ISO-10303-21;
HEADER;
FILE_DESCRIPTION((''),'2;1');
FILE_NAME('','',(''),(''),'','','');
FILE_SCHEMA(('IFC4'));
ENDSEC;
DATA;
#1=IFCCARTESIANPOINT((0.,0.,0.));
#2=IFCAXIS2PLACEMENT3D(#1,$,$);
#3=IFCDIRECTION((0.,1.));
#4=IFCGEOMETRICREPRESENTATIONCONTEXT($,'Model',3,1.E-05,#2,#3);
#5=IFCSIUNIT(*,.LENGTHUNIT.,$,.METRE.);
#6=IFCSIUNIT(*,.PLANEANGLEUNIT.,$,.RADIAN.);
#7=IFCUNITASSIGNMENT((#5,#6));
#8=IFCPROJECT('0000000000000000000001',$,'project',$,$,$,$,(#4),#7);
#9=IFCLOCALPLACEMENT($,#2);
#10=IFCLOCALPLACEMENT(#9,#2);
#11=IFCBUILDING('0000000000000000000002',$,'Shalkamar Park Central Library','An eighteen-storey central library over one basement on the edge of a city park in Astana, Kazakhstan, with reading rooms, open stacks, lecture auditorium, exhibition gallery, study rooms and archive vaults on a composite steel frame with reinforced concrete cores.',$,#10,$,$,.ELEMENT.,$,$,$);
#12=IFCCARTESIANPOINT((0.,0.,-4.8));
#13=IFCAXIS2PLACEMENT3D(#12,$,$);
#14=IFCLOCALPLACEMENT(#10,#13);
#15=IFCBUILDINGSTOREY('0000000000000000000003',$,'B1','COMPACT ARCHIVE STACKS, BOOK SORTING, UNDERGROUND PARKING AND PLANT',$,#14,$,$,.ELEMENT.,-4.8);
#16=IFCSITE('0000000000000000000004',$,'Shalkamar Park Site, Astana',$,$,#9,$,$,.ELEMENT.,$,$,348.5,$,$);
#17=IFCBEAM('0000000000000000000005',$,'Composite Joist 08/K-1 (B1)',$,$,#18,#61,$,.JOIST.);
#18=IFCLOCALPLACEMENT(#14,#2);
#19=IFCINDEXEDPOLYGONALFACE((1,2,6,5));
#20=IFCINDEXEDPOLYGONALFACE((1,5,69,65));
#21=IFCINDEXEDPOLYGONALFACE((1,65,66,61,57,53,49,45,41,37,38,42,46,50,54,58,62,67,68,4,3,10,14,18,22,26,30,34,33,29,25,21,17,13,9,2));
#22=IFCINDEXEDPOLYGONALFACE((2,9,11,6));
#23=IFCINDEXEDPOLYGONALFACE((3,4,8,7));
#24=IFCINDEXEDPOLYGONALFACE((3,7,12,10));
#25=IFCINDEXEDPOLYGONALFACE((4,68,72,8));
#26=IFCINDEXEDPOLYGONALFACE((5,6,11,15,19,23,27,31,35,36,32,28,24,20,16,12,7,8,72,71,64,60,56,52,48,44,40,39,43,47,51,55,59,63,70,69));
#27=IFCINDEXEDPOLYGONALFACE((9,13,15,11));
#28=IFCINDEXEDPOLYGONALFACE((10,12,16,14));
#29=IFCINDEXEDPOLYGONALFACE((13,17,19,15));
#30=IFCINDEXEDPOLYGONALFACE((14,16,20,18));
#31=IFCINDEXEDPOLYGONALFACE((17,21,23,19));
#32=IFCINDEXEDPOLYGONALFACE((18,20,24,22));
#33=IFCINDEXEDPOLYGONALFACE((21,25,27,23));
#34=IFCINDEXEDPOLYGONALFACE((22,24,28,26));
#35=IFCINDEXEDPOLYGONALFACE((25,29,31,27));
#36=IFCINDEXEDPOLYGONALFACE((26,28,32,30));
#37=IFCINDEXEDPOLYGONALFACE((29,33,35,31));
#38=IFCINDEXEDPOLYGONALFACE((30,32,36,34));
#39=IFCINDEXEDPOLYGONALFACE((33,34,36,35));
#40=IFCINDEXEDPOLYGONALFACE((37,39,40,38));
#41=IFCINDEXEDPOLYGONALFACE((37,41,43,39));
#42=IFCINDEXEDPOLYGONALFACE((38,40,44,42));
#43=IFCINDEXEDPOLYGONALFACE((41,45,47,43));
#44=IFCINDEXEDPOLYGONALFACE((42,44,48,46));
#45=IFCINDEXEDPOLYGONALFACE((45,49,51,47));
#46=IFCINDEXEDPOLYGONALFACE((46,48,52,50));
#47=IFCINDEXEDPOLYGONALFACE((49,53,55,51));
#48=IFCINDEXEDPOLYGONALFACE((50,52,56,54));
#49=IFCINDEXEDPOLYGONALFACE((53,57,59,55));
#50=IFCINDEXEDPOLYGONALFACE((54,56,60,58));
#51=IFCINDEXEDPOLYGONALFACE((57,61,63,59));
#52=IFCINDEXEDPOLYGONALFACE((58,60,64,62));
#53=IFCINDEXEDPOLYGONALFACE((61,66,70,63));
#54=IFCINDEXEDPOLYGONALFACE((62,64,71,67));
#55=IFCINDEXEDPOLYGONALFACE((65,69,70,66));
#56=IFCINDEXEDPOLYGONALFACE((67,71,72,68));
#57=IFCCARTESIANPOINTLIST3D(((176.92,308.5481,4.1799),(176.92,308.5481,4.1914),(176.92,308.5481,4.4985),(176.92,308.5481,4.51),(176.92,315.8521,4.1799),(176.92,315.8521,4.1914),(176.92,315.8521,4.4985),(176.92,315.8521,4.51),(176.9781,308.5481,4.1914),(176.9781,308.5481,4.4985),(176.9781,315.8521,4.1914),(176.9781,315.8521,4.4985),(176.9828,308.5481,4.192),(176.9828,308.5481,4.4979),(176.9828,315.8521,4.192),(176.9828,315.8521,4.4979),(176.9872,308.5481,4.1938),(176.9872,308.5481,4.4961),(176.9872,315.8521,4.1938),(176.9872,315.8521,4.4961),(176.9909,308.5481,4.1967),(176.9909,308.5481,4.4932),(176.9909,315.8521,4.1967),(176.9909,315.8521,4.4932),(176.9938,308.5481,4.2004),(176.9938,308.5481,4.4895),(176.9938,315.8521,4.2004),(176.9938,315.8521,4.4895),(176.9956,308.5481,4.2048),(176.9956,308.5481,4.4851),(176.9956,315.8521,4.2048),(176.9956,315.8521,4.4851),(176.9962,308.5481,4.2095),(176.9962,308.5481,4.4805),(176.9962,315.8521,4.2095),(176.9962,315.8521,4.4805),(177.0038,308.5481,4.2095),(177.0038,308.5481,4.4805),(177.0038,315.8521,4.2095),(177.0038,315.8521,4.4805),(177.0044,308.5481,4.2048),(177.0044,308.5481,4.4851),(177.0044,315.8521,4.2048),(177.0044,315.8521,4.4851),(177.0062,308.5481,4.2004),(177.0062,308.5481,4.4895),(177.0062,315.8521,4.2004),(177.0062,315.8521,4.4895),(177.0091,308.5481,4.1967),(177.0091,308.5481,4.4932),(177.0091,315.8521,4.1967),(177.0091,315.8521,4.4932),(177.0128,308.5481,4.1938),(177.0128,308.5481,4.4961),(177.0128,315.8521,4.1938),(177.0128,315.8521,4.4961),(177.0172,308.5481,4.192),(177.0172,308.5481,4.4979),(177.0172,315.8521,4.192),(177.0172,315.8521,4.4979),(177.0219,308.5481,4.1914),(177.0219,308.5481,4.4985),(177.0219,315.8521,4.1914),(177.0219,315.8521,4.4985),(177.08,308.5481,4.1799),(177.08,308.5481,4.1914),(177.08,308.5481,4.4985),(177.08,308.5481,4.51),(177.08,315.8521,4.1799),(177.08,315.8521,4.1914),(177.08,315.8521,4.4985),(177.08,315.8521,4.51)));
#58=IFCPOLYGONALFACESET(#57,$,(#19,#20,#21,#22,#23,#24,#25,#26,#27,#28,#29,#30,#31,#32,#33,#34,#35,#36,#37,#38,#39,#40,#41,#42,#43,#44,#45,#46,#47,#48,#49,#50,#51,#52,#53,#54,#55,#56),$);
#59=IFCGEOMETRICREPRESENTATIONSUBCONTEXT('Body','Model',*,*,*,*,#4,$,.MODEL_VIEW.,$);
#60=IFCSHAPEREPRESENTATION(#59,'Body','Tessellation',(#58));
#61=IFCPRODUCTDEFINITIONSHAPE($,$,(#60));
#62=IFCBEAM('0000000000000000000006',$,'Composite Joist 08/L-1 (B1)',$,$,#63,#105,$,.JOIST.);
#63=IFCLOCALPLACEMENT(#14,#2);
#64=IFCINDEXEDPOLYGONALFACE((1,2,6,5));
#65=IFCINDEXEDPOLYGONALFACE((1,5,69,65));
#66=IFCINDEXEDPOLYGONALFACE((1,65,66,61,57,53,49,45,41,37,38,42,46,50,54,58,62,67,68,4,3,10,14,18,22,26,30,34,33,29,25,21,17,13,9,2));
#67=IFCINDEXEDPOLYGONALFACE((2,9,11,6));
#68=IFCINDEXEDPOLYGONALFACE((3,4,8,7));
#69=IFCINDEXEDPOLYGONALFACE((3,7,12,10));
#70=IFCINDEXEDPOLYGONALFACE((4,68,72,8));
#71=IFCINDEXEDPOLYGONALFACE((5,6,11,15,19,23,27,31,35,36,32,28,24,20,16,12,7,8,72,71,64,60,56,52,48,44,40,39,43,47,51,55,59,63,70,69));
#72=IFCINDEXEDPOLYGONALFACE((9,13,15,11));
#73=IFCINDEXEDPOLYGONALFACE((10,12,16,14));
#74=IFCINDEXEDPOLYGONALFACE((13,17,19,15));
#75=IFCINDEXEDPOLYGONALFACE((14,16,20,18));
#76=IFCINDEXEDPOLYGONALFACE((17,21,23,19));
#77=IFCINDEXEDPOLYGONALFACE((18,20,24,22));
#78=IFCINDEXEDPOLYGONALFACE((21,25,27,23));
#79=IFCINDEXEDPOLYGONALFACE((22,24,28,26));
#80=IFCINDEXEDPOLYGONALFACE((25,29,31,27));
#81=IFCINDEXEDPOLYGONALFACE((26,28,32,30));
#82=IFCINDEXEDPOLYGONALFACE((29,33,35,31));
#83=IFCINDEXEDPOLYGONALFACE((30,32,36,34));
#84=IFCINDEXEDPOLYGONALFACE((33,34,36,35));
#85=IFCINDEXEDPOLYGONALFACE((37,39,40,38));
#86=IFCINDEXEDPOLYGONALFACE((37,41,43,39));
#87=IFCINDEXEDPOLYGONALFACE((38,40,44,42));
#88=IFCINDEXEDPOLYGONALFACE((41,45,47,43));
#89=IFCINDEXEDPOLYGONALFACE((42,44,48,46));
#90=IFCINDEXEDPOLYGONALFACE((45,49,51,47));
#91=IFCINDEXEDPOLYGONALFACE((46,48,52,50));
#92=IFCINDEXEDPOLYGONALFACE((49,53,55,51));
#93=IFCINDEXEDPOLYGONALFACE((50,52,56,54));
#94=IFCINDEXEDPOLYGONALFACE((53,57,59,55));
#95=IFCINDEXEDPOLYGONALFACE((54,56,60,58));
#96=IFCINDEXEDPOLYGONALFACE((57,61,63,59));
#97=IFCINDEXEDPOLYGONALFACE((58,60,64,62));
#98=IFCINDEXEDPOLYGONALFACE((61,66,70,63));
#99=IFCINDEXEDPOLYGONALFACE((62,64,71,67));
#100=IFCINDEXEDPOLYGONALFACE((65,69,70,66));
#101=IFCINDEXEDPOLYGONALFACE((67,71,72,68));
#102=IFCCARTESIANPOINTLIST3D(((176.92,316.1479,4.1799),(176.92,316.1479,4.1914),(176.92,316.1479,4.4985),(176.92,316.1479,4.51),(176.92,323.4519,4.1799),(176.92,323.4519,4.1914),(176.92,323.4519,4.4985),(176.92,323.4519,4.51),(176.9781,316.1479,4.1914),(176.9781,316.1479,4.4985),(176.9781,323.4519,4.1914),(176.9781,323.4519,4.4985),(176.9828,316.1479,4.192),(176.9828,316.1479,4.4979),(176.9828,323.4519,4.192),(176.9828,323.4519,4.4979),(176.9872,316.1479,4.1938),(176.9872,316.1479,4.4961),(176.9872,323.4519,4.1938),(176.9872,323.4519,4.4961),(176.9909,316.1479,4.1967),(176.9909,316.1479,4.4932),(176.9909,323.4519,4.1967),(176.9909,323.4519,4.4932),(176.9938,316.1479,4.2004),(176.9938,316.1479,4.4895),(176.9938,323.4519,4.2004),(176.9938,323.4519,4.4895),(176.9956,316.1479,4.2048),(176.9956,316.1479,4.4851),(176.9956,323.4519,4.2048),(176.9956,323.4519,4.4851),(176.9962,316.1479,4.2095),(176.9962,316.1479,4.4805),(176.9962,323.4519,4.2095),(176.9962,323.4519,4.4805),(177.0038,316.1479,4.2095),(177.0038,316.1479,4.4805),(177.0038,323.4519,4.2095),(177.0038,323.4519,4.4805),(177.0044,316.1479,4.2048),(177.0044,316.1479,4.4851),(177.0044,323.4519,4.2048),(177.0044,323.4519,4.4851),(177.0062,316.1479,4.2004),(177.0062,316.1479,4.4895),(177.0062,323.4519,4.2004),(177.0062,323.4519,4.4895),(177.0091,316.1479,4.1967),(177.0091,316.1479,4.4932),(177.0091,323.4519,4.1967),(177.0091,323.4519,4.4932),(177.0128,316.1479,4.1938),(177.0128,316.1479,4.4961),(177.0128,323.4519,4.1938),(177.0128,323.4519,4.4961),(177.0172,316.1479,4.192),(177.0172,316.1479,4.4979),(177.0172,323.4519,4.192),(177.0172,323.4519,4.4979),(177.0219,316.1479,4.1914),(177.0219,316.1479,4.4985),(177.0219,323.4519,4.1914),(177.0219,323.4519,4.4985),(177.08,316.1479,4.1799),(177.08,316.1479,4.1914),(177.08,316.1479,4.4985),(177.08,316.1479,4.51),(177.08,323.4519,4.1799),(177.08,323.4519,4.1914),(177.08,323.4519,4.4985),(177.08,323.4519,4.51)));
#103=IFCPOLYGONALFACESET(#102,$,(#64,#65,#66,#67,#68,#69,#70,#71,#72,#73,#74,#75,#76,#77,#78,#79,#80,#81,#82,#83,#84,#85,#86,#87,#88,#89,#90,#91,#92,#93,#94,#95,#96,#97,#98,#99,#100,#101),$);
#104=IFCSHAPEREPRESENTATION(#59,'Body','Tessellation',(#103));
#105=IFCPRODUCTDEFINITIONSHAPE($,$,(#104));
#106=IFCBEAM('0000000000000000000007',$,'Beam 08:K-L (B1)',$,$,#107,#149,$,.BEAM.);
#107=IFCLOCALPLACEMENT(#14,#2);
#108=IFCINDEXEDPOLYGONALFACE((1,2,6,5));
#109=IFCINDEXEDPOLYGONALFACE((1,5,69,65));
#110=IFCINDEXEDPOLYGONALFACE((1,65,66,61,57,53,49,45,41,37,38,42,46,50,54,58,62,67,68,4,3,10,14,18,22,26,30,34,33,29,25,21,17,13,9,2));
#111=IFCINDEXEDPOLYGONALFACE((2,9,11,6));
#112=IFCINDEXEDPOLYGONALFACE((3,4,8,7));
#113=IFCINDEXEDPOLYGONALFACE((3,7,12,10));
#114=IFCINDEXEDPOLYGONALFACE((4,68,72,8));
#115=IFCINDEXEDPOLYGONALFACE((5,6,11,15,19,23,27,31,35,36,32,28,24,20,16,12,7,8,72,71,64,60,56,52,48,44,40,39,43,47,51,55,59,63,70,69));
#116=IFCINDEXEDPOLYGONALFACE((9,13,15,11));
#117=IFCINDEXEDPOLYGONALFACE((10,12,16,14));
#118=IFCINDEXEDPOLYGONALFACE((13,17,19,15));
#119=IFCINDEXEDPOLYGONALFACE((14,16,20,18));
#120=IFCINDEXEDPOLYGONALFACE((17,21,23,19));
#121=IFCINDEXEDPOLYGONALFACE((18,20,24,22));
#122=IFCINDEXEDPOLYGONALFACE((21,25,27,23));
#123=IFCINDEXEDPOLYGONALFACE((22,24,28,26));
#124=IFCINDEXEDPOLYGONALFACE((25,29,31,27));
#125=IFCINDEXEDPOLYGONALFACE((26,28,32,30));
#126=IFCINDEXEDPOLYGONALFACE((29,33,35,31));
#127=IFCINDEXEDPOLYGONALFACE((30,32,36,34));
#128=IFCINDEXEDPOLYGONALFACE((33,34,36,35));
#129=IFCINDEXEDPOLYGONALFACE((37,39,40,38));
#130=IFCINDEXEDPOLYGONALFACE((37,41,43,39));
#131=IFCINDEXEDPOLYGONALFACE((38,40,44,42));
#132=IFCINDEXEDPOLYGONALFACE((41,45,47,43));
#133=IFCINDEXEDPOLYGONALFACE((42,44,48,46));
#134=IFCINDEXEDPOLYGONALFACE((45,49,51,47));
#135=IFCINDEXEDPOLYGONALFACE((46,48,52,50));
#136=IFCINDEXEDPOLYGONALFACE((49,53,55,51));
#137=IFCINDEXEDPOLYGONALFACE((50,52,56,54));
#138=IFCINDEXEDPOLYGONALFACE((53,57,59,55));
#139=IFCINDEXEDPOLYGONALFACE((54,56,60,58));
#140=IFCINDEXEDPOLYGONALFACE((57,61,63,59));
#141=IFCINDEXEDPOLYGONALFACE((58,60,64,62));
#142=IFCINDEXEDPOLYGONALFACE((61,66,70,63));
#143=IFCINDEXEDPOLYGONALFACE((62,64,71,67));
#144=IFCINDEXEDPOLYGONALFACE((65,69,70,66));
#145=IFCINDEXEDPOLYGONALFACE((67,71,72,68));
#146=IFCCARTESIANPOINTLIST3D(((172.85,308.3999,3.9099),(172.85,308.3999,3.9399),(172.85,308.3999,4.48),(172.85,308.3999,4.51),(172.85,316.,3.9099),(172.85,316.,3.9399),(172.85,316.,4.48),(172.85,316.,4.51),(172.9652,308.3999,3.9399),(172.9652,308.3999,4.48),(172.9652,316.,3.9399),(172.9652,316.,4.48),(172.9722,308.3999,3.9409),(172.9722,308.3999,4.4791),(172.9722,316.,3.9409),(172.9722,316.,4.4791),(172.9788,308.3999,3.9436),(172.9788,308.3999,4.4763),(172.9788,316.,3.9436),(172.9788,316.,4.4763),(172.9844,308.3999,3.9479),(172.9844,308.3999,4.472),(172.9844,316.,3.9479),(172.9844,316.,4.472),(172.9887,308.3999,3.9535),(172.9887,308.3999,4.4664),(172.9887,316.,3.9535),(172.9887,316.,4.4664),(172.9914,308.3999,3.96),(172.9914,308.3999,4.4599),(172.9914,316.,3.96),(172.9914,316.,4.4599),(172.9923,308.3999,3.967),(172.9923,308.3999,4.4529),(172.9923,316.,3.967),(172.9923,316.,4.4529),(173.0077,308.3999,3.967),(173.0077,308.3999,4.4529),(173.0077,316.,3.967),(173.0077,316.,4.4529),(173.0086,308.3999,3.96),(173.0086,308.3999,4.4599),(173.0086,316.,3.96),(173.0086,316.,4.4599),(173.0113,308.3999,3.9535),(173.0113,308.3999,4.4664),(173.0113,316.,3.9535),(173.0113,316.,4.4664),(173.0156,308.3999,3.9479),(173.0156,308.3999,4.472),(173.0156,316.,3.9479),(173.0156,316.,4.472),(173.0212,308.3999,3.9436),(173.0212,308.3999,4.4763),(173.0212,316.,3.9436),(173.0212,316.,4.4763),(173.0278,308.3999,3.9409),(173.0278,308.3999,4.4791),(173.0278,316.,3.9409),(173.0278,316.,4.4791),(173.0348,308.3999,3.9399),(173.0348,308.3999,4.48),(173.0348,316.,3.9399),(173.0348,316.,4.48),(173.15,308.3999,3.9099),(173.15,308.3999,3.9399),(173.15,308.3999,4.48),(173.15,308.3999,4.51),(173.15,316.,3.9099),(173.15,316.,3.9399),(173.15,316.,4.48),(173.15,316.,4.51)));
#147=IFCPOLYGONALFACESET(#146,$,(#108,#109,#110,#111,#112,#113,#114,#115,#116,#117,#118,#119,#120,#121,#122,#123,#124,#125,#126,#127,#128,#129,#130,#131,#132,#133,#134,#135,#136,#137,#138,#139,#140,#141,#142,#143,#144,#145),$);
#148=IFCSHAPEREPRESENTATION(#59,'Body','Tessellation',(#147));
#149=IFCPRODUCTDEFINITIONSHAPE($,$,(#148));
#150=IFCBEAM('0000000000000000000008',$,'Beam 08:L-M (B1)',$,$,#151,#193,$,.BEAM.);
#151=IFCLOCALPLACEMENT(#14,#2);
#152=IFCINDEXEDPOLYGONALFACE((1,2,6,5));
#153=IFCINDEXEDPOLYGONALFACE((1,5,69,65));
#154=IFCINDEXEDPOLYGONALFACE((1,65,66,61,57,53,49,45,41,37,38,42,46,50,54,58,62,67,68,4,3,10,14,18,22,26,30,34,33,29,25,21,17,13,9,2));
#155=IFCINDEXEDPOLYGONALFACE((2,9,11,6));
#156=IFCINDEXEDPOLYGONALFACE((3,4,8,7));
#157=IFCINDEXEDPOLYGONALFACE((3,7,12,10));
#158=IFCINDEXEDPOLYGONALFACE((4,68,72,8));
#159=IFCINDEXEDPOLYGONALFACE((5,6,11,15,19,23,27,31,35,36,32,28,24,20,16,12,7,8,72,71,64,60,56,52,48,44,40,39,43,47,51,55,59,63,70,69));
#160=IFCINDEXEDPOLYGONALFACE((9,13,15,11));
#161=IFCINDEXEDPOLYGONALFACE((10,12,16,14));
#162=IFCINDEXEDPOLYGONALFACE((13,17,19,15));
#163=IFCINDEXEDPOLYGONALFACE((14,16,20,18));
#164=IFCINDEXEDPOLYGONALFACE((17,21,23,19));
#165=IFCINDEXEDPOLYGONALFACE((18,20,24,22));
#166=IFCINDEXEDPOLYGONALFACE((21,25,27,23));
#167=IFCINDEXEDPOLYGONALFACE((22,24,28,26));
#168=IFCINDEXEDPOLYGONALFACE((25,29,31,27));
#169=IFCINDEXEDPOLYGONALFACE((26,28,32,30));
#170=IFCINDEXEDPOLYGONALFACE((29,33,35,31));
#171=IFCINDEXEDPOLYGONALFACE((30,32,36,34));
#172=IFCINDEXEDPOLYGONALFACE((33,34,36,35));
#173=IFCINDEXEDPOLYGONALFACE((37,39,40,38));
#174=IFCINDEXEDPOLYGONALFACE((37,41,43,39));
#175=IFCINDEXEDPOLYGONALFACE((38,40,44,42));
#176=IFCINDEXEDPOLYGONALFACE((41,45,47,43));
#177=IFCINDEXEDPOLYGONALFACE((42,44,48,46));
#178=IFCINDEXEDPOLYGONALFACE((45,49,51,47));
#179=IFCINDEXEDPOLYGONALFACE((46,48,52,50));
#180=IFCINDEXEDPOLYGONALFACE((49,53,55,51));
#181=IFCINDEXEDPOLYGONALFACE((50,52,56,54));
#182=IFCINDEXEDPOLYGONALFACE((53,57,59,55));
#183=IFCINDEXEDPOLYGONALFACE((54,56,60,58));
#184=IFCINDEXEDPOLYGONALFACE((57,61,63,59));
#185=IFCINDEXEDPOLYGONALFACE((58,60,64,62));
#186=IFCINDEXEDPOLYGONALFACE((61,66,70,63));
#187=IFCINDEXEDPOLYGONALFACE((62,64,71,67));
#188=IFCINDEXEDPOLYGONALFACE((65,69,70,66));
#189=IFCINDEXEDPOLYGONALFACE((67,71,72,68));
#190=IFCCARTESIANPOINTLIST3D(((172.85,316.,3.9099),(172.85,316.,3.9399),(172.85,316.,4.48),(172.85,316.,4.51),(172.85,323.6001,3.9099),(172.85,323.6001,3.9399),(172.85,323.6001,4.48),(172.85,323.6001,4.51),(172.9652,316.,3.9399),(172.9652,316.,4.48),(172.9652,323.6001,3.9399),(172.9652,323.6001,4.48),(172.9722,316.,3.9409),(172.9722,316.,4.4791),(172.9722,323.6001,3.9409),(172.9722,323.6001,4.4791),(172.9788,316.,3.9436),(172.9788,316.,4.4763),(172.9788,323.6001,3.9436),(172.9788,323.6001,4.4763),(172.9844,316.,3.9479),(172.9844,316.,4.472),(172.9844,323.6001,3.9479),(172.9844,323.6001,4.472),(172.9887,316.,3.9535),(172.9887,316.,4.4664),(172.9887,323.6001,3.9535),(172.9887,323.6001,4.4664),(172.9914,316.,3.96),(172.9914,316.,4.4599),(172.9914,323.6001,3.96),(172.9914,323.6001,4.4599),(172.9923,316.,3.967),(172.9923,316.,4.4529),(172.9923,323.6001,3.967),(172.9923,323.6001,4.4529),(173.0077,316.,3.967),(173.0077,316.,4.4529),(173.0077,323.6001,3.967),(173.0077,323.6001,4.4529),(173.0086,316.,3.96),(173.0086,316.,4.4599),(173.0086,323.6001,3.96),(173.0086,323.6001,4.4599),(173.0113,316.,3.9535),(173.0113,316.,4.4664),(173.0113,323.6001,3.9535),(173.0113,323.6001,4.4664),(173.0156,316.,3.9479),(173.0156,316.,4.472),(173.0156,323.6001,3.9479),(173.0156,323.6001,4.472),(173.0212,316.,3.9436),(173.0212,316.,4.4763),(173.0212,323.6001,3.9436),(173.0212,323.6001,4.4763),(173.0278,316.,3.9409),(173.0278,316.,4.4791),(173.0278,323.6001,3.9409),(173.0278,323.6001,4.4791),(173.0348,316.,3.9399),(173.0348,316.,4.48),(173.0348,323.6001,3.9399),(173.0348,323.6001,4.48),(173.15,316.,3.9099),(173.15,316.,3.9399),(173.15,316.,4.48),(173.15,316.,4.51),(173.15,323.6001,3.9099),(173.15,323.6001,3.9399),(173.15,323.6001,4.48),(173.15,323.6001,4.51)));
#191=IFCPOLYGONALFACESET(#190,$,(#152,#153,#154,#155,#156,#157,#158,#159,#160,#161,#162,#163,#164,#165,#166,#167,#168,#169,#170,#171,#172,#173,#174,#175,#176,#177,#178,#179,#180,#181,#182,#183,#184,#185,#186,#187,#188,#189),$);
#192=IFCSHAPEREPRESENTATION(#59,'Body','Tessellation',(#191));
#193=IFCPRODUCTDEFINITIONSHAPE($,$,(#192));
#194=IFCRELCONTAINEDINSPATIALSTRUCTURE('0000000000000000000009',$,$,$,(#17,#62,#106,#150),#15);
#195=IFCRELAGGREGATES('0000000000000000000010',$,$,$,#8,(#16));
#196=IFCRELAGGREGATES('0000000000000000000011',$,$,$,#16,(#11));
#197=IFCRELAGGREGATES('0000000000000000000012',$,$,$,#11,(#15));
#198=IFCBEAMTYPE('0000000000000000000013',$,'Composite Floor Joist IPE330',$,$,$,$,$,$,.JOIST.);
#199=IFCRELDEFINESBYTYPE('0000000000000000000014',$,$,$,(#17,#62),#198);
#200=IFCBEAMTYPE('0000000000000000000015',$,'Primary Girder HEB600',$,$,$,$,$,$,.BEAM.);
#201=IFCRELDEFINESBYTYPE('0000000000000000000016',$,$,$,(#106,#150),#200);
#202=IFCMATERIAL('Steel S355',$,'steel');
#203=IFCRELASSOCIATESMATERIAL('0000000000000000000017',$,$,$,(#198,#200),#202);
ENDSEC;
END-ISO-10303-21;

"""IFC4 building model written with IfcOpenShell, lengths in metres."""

from ifc_helpers import new_model, si_unit, direction, frame, origin, origin_2d, place, context, subcontext, project, spatial, i_section, extrude, material, material_profile, profile_set, type_object, element, save


model = new_model("IFC4")

# Units and contexts
model_context = context("Model", 3, precision=1e-05, world=origin(), true_north=direction((0.0, 1.0)))
body_context = subcontext(model_context, "Body", "Model", "MODEL_VIEW")
ifc_project = project(units=[si_unit("LENGTHUNIT", "METRE"), si_unit("PLANEANGLEUNIT", "RADIAN")], contexts=[model_context])

# Site, building, storey
site_placement = place(None, origin())
site = spatial("IfcSite", under=ifc_project, at=site_placement, Name="Shalkamar Park Site, Astana", CompositionType="ELEMENT", RefElevation=348.5)
building_placement = place(site_placement, origin())
building = spatial("IfcBuilding", under=site, at=building_placement, Name="Shalkamar Park Central Library", Description="An eighteen-storey central library over one basement on the edge of a city park in Astana, Kazakhstan, with reading rooms, open stacks, lecture auditorium, exhibition gallery, study rooms and archive vaults on a composite steel frame with reinforced concrete cores.", CompositionType="ELEMENT")
storey_placement = place(building_placement, frame((0.0, 0.0, -4.8)))
storey = spatial("IfcBuildingStorey", under=building, at=storey_placement, Name="B1", Description="COMPACT ARCHIVE STACKS, BOOK SORTING, UNDERGROUND PARKING AND PLANT", CompositionType="ELEMENT", Elevation=-4.8)

# Shared definitions
ifc_material_1 = material(Name="Steel S355", Category="steel")

# Beams
ifc_material_profile_1 = material_profile(ifc_material_1, i_section(OverallWidth=0.1599, OverallDepth=0.3301, WebThickness=0.0076, FlangeThickness=0.0115, FilletRadius=0.0181, at=origin_2d()), Name="IPE 330")
ifc_profile_set_1 = profile_set([ifc_material_profile_1], Name="Steel S355")
beam_type_1 = type_object("IfcBeamType", Name="Composite Floor Joist IPE330", PredefinedType="JOIST", material=ifc_profile_set_1)
for number, where, z_axis, x_axis, name in (
    (1, (177.0, 308.5481, 4.345), (0.0, 1.0, 0.0), (-1.0, 0.0, 0.0), "Composite Joist 08/K-1 (B1)"),
    (2, (177.0, 316.1479, 4.345), (0.0, 1.0, 0.0), (-1.0, 0.0, 0.0), "Composite Joist 08/L-1 (B1)"),
):
    element("IfcBeam", number, at=place(storey_placement, frame(where, z_axis=z_axis, x_axis=x_axis)), inside=storey, type_object=beam_type_1, Name=name, PredefinedType="JOIST", context=body_context, shape_type="SweptSolid", body=[
        extrude(i_section(OverallWidth=0.1599, OverallDepth=0.3301, WebThickness=0.0076, FlangeThickness=0.0115, FilletRadius=0.0181, at=origin_2d()), origin(), (0.0, 0.0, 1.0), 7.304),
    ])
ifc_material_profile_2 = material_profile(ifc_material_1, i_section(OverallWidth=0.3, OverallDepth=0.6001, WebThickness=0.0154, FlangeThickness=0.03, FilletRadius=0.0271, at=origin_2d()), Name="HEB 600")
ifc_profile_set_2 = profile_set([ifc_material_profile_2], Name="Steel S355")
beam_type_2 = type_object("IfcBeamType", Name="Primary Girder HEB600", PredefinedType="BEAM", material=ifc_profile_set_2)
for number, where, z_axis, x_axis, name in (
    (3, (173.0, 308.3999, 4.21), (0.0, 1.0, 0.0), (-1.0, 0.0, 0.0), "Beam 08:K-L (B1)"),
    (4, (173.0, 316.0, 4.21), (0.0, 1.0, 0.0), (-1.0, 0.0, 0.0), "Beam 08:L-M (B1)"),
):
    element("IfcBeam", number, at=place(storey_placement, frame(where, z_axis=z_axis, x_axis=x_axis)), inside=storey, type_object=beam_type_2, Name=name, PredefinedType="BEAM", context=body_context, shape_type="SweptSolid", body=[
        extrude(i_section(OverallWidth=0.3, OverallDepth=0.6001, WebThickness=0.0154, FlangeThickness=0.03, FilletRadius=0.0271, at=origin_2d()), origin(), (0.0, 0.0, 1.0), 7.6001),
    ])

save(model, "model.ifc")
